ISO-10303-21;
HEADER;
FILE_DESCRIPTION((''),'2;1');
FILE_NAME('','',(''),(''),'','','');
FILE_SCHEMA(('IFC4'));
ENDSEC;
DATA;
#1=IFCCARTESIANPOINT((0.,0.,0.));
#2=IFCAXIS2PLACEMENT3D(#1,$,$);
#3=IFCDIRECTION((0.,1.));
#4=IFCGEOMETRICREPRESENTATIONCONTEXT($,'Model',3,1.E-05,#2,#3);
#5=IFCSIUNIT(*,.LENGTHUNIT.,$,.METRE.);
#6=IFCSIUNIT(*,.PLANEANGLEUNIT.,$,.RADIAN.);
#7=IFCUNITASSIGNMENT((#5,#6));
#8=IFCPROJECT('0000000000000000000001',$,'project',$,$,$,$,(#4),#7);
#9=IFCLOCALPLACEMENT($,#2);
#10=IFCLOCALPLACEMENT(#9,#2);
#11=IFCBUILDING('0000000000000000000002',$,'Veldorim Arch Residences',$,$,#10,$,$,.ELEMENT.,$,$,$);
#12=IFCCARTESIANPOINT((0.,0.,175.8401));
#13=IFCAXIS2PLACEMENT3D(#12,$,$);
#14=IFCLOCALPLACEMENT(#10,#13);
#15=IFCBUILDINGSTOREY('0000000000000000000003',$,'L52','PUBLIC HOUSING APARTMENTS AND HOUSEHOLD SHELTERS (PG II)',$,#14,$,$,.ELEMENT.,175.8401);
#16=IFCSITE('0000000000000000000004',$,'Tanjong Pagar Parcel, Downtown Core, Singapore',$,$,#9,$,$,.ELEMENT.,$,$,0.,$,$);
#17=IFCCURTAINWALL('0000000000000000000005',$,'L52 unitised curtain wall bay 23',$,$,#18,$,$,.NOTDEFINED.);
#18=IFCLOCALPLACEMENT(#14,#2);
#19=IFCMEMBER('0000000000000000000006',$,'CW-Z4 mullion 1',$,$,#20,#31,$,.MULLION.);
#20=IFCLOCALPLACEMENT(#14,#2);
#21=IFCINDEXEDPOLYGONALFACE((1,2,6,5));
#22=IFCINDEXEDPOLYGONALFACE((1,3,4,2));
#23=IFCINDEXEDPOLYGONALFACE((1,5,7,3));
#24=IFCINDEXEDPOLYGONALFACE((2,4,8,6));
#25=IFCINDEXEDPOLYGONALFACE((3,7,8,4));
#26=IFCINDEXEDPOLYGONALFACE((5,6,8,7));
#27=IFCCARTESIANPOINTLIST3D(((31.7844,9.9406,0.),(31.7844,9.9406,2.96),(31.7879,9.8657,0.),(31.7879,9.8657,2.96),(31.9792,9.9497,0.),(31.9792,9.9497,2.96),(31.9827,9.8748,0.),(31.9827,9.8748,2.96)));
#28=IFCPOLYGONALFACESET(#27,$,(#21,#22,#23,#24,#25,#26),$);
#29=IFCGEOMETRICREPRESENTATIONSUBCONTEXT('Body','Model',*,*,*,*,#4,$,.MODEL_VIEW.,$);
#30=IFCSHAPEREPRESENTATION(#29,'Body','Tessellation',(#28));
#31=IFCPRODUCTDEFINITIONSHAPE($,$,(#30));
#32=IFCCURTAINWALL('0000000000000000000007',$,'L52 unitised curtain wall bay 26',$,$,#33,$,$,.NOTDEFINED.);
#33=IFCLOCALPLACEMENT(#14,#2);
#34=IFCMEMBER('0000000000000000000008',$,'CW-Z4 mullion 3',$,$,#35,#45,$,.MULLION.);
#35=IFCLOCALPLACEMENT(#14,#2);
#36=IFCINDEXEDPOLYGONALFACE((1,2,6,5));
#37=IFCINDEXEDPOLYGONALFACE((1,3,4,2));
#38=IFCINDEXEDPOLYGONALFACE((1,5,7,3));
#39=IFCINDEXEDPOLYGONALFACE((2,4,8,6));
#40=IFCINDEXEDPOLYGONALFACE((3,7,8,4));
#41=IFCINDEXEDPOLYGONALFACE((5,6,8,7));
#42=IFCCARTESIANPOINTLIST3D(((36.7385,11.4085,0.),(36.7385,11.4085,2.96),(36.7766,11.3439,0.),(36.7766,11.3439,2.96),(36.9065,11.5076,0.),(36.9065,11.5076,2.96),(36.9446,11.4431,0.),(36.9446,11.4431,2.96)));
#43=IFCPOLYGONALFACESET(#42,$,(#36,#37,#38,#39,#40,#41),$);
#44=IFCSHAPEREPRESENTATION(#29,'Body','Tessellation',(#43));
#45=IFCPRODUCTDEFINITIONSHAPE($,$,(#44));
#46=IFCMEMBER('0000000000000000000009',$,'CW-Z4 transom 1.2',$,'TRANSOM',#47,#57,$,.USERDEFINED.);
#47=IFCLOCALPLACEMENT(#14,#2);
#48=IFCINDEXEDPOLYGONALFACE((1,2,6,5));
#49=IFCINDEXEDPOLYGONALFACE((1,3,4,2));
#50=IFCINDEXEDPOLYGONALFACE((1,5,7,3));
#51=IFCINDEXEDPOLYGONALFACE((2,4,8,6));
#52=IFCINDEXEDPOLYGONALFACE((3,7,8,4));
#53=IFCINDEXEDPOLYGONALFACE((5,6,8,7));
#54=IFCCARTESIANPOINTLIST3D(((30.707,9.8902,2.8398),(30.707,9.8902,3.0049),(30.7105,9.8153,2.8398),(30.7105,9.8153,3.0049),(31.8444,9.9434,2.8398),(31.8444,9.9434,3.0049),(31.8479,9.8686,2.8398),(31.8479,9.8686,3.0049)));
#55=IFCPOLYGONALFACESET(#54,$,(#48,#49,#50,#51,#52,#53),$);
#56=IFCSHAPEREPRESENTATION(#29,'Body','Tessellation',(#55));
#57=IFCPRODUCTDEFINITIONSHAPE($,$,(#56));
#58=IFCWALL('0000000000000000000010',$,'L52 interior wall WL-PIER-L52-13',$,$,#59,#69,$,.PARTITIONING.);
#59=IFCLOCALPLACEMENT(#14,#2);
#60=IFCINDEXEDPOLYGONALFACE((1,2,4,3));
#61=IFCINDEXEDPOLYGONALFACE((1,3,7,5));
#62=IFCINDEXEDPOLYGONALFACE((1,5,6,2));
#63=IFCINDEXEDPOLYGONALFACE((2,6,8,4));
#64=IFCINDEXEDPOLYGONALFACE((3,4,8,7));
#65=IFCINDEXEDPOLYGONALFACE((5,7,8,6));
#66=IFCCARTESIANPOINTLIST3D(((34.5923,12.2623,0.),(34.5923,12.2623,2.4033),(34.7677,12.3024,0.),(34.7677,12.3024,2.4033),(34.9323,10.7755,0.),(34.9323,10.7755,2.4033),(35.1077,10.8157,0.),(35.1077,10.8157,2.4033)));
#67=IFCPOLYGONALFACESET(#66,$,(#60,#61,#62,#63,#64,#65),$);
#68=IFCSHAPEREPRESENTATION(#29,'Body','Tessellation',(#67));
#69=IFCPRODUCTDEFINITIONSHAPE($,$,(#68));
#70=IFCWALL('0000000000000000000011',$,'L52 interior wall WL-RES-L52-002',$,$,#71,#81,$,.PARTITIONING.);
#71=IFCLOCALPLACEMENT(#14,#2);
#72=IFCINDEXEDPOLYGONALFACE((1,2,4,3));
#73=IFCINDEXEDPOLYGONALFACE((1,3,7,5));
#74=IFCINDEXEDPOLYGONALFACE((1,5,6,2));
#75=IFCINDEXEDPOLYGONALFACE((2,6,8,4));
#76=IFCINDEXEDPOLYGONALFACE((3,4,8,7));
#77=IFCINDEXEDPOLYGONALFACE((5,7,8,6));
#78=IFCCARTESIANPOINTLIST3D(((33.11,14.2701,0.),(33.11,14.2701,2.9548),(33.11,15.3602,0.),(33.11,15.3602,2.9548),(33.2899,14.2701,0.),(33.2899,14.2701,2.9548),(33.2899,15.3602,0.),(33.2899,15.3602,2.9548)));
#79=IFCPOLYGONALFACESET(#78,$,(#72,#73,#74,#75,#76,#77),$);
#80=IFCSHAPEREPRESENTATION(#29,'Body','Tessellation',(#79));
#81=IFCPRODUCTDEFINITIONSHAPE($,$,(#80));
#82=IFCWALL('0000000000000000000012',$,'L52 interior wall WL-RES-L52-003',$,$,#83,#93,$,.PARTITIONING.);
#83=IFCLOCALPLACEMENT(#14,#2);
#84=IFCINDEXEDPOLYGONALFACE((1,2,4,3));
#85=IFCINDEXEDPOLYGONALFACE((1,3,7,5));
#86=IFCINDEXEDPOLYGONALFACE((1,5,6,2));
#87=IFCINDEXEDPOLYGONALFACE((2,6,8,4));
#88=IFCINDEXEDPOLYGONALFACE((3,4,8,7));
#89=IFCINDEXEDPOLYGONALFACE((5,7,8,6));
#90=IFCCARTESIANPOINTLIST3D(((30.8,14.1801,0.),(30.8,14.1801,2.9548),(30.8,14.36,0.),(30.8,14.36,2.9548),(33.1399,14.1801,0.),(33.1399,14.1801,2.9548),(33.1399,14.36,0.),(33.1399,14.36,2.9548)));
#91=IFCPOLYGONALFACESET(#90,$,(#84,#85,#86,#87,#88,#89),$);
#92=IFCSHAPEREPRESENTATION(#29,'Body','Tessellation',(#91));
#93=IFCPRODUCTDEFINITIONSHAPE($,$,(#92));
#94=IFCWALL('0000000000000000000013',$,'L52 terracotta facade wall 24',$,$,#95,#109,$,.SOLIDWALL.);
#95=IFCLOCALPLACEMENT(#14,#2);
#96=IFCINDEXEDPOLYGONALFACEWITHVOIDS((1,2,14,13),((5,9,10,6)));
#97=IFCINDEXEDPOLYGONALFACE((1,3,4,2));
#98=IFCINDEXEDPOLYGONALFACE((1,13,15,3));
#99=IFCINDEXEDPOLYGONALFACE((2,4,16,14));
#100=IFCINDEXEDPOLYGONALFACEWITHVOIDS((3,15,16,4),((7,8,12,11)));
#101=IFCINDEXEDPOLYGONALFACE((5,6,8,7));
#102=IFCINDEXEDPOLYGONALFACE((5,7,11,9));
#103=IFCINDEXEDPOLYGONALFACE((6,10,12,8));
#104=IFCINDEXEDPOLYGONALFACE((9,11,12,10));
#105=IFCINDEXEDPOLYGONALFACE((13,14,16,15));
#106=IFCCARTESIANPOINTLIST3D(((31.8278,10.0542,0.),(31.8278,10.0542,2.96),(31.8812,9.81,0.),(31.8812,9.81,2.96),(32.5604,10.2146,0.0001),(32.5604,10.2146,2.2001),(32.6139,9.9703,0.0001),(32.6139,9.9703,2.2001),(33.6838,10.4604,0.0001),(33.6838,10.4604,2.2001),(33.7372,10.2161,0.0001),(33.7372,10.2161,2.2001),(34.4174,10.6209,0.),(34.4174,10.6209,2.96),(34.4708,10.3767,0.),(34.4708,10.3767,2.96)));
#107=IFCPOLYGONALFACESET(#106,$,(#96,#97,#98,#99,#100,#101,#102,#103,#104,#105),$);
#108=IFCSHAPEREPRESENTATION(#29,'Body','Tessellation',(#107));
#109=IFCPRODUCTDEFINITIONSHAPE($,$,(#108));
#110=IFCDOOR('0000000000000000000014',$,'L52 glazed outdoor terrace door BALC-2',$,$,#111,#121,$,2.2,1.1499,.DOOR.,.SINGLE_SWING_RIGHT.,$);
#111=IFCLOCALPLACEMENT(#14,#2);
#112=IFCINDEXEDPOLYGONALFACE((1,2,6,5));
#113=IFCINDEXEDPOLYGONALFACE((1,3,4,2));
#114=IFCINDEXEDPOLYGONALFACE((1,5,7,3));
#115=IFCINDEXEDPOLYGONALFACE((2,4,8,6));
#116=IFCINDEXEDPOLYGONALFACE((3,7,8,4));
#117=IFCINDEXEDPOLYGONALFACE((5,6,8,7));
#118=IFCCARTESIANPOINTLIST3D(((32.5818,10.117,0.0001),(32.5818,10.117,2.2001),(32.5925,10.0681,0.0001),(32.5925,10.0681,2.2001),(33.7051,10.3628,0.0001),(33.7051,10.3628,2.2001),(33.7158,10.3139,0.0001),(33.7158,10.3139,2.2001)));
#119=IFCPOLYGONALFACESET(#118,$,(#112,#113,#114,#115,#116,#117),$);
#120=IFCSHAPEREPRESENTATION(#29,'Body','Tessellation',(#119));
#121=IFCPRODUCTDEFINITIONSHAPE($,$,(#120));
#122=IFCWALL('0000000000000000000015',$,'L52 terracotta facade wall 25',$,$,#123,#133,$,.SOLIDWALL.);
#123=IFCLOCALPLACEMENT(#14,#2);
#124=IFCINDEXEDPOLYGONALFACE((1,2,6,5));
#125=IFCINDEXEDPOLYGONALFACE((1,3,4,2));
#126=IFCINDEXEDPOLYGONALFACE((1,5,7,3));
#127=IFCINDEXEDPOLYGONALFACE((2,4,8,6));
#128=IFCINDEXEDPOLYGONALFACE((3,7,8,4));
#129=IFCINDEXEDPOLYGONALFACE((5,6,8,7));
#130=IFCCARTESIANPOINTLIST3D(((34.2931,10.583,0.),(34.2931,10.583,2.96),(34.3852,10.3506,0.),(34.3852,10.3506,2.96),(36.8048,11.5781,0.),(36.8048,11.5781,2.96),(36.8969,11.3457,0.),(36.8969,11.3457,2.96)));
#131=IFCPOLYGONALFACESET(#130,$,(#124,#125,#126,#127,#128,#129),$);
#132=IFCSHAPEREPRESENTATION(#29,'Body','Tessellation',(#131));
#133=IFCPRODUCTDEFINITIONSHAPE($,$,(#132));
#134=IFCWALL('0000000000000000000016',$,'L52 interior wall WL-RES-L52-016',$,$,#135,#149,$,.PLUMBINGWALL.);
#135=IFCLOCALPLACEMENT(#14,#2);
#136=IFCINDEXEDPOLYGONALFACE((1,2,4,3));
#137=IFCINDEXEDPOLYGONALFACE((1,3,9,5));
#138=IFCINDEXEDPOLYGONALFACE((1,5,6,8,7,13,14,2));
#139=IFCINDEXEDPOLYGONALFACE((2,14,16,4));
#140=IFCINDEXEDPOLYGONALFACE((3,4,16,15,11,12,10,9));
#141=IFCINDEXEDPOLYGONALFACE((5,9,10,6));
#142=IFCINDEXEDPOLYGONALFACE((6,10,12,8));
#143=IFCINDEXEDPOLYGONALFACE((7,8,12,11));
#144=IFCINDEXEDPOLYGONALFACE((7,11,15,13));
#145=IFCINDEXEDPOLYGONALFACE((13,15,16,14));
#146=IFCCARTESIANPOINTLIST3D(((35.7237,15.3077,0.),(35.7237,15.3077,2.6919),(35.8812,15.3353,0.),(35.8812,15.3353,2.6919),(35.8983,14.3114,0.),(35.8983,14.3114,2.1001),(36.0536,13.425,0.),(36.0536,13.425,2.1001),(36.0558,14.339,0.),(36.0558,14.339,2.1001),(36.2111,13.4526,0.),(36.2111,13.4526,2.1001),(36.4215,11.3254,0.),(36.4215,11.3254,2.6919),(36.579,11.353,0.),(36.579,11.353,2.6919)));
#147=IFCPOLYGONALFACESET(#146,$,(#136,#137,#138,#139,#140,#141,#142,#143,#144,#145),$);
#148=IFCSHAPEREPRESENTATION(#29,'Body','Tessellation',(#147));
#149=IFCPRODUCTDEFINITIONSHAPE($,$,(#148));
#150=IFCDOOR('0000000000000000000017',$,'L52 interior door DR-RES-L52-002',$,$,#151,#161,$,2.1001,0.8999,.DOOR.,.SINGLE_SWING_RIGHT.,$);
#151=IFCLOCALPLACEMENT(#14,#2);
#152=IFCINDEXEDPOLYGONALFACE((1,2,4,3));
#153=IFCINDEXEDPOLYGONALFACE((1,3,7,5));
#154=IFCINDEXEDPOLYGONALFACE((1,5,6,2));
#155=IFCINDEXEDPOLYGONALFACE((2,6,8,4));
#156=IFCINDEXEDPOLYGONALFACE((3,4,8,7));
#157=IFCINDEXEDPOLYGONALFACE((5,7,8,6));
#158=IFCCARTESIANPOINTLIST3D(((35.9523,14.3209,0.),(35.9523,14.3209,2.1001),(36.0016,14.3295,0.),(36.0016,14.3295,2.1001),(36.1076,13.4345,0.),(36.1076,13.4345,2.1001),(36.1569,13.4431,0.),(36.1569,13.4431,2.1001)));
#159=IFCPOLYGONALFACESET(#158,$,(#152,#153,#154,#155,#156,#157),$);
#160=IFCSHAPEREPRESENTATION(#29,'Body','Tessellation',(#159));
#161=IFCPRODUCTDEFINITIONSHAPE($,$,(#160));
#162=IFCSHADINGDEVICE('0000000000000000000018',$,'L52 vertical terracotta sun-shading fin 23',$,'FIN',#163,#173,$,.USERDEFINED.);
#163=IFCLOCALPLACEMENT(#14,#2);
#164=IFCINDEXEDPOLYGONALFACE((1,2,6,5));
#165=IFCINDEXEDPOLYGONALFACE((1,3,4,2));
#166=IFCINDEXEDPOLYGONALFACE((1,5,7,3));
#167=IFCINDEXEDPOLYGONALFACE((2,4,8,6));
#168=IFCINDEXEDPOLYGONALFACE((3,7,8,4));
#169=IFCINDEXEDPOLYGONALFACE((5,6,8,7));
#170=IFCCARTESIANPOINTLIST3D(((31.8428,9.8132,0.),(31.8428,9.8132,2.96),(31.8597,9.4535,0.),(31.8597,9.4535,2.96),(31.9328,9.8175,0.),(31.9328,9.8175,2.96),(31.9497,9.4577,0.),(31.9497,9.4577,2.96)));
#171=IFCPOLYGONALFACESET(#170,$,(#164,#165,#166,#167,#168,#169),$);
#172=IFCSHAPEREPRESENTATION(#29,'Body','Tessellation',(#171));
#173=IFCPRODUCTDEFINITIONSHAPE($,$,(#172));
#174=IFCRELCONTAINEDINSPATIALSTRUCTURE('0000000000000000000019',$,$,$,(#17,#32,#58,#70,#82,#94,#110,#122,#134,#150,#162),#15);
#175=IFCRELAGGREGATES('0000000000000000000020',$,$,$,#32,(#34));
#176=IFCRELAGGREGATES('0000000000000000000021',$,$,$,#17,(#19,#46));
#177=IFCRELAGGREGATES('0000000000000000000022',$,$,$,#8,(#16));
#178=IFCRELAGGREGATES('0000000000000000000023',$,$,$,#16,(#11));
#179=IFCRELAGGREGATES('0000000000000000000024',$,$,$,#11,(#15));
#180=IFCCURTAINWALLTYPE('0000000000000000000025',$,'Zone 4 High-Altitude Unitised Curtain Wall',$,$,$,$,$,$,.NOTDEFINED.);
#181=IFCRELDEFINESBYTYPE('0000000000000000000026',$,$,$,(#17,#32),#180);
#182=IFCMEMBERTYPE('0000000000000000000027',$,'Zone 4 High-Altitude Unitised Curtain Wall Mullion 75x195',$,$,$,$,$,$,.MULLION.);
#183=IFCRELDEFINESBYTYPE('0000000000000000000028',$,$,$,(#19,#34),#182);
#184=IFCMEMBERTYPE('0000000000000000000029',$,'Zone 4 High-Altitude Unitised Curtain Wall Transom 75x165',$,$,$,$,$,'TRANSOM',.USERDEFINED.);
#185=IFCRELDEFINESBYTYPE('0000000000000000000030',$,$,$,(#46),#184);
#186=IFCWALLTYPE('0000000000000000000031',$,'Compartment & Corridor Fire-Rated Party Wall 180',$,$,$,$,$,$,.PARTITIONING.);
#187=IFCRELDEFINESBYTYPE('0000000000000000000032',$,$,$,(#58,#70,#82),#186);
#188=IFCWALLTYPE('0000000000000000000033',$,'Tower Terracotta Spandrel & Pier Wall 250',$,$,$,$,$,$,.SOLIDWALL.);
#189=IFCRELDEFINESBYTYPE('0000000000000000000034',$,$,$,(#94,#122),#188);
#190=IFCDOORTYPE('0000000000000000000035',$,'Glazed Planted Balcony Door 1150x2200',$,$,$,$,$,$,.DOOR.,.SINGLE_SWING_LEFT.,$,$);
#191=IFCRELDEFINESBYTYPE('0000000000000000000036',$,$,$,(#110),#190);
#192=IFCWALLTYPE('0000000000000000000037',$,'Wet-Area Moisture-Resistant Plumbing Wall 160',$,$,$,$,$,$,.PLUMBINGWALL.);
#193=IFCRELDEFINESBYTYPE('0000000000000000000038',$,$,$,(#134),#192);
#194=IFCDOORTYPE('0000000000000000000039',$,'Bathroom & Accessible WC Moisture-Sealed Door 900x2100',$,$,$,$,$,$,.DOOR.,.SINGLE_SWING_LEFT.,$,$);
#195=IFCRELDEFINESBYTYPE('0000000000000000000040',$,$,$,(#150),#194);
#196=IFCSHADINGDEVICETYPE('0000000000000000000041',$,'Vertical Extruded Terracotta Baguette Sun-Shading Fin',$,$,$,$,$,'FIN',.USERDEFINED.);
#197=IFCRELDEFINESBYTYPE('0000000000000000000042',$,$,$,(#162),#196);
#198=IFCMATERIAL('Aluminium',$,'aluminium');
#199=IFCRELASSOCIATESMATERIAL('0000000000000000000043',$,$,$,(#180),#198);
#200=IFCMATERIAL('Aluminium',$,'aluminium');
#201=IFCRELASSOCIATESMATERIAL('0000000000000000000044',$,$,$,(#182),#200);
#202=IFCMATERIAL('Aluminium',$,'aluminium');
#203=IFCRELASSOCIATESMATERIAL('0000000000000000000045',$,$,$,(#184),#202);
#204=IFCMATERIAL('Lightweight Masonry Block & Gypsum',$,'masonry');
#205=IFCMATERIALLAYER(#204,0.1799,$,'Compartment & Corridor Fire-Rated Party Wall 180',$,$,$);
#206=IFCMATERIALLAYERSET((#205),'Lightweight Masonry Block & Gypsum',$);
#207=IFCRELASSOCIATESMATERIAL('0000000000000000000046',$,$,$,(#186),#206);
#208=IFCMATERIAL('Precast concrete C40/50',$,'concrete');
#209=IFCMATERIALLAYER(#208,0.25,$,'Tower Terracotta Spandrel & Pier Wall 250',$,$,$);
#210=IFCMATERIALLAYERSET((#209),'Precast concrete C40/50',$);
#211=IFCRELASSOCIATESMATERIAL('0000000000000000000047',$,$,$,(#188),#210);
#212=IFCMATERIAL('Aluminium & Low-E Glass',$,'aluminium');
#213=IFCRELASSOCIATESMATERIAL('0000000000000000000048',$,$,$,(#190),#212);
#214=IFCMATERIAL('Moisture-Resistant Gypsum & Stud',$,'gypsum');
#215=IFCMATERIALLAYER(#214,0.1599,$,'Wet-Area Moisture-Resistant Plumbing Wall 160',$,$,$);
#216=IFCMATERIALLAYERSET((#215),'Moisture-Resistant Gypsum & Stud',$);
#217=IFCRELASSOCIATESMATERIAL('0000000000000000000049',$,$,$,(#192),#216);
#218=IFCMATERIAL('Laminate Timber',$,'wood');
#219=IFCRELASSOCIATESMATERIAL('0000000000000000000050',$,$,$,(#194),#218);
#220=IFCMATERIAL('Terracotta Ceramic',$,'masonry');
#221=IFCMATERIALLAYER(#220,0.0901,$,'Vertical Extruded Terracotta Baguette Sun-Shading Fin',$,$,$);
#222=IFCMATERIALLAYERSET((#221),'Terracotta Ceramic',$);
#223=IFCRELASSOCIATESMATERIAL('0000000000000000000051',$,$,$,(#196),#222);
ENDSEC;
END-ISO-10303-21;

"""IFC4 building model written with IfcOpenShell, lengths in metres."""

from ifc_helpers import new_model, si_unit, direction, frame, frame_2d, origin, origin_2d, place, context, subcontext, project, spatial, rectangle, extrude, material, layer, layer_set, material_profile, profile_set, type_object, element, fill, aggregate, save


model = new_model("IFC4")

# Units and contexts
model_context = context("Model", 3, precision=1e-05, world=origin(), true_north=direction((0.0, 1.0)))
body_context = subcontext(model_context, "Body", "Model", "MODEL_VIEW")
ifc_project = project(units=[si_unit("LENGTHUNIT", "METRE"), si_unit("PLANEANGLEUNIT", "RADIAN")], contexts=[model_context])

# Site, building, storey
site_placement = place(None, origin())
site = spatial("IfcSite", under=ifc_project, at=site_placement, Name="Tanjong Pagar Parcel, Downtown Core, Singapore", CompositionType="ELEMENT", RefElevation=0.0)
building_placement = place(site_placement, origin())
building = spatial("IfcBuilding", under=site, at=building_placement, Name="Veldorim Arch Residences", CompositionType="ELEMENT")
storey_placement = place(building_placement, frame((0.0, 0.0, 175.8401)))
storey = spatial("IfcBuildingStorey", under=building, at=storey_placement, Name="L52", Description="PUBLIC HOUSING APARTMENTS AND HOUSEHOLD SHELTERS (PG II)", CompositionType="ELEMENT", Elevation=175.8401)

# Curtain walls, members
ifc_material_1 = material(Name="Aluminium", Category="aluminium")
curtain_wall_type = type_object("IfcCurtainWallType", Name="Zone 4 High-Altitude Unitised Curtain Wall", PredefinedType="NOTDEFINED", material=ifc_material_1)
curtain_wall_1_placement = place(storey_placement, origin())
curtain_wall_1 = element("IfcCurtainWall", 1, at=curtain_wall_1_placement, inside=storey, type_object=curtain_wall_type, Name="L52 unitised curtain wall bay 23", PredefinedType="NOTDEFINED")
ifc_material_2 = material(Name="Aluminium", Category="aluminium")
ifc_material_profile_1 = material_profile(ifc_material_2, rectangle(XDim=0.075, YDim=0.1951, at=origin_2d()), Name="ALU_MUL_75x195")
ifc_profile_set_1 = profile_set([ifc_material_profile_1], Name="Aluminium")
member_type_1 = type_object("IfcMemberType", Name="Zone 4 High-Altitude Unitised Curtain Wall Mullion 75x195", PredefinedType="MULLION", material=ifc_profile_set_1)
member_1_placement = place(storey_placement, frame((31.8835, 9.9077, 0.0), z_axis=(0.0, 0.0, 1.0), x_axis=(0.046678, -0.99891, 0.0)))
member_1 = element("IfcMember", 2, at=member_1_placement, type_object=member_type_1, Name="CW-Z4 mullion 1", PredefinedType="MULLION", context=body_context, shape_type="SweptSolid", body=[
    extrude(rectangle(XDim=0.075, YDim=0.1951, at=origin_2d()), origin(), (0.0, 0.0, 1.0), 2.96),
])
curtain_wall_2_placement = place(storey_placement, origin())
curtain_wall_2 = element("IfcCurtainWall", 3, at=curtain_wall_2_placement, inside=storey, type_object=curtain_wall_type, Name="L52 unitised curtain wall bay 26", PredefinedType="NOTDEFINED")
member_2_placement = place(storey_placement, frame((36.8416, 11.4258, 0.0), z_axis=(0.0, 0.0, 1.0), x_axis=(0.508514, -0.861054, 0.0)))
member_2 = element("IfcMember", 4, at=member_2_placement, type_object=member_type_1, Name="CW-Z4 mullion 3", PredefinedType="MULLION", context=body_context, shape_type="SweptSolid", body=[
    extrude(rectangle(XDim=0.075, YDim=0.1951, at=origin_2d()), origin(), (0.0, 0.0, 1.0), 2.96),
])
aggregate(curtain_wall_2, [member_2])

# Member
ifc_material_3 = material(Name="Aluminium", Category="aluminium")
ifc_material_profile_2 = material_profile(ifc_material_3, rectangle(XDim=0.075, YDim=0.165, at=origin_2d()), Name="ALU_TRN_75x165")
ifc_profile_set_2 = profile_set([ifc_material_profile_2], Name="Aluminium")
member_type_2 = type_object("IfcMemberType", Name="Zone 4 High-Altitude Unitised Curtain Wall Transom 75x165", ElementType="TRANSOM", PredefinedType="USERDEFINED", material=ifc_profile_set_2)
member_3_placement = place(storey_placement, frame((31.8462, 9.906, 2.9224), z_axis=(-0.998907, -0.04674, 0.0), x_axis=(0.04674, -0.998907, 0.0)))
member_3 = element("IfcMember", 5, at=member_3_placement, type_object=member_type_2, Name="CW-Z4 transom 1.2", ObjectType="TRANSOM", PredefinedType="USERDEFINED", context=body_context, shape_type="SweptSolid", body=[
    extrude(rectangle(XDim=0.075, YDim=0.165, at=origin_2d()), origin(), (0.0, 0.0, 1.0), 1.1387),
])
aggregate(curtain_wall_1, [member_1, member_3])

# Walls
ifc_material_4 = material(Name="Lightweight Masonry Block & Gypsum", Category="masonry")
ifc_layer_1 = layer(ifc_material_4, 0.1799, Name="Compartment & Corridor Fire-Rated Party Wall 180")
ifc_layer_set_1 = layer_set([ifc_layer_1], Name="Lightweight Masonry Block & Gypsum")
wall_type_1 = type_object("IfcWallType", Name="Compartment & Corridor Fire-Rated Party Wall 180", PredefinedType="PARTITIONING", material=ifc_layer_set_1)
wall_1_placement = place(storey_placement, frame((34.6799, 12.2825, 0.0), z_axis=(0.0, 0.0, 1.0), x_axis=(0.222977, -0.974824, 0.0)))
element("IfcWall", 6, at=wall_1_placement, inside=storey, type_object=wall_type_1, Name="L52 interior wall WL-PIER-L52-13", PredefinedType="PARTITIONING", context=body_context, shape_type="SweptSolid", body=[
    extrude(rectangle(XDim=1.5251, YDim=0.1799, at=frame_2d((0.7627, 0.0))), origin(), (0.0, 0.0, 1.0), 2.4033),
])
wall_2_placement = place(storey_placement, frame((33.2, 15.3601, 0.0), z_axis=(0.0, 0.0, 1.0), x_axis=(0.0, -1.0, 0.0)))
element("IfcWall", 7, at=wall_2_placement, inside=storey, type_object=wall_type_1, Name="L52 interior wall WL-RES-L52-002", PredefinedType="PARTITIONING", context=body_context, shape_type="SweptSolid", body=[
    extrude(rectangle(XDim=1.0901, YDim=0.1799, at=frame_2d((0.5449, 0.0))), origin(), (0.0, 0.0, 1.0), 2.9548),
])
wall_3_placement = place(storey_placement, frame((33.1399, 14.27, 0.0), z_axis=(0.0, 0.0, 1.0), x_axis=(-1.0, 0.0, 0.0)))
element("IfcWall", 8, at=wall_3_placement, inside=storey, type_object=wall_type_1, Name="L52 interior wall WL-RES-L52-003", PredefinedType="PARTITIONING", context=body_context, shape_type="SweptSolid", body=[
    extrude(rectangle(XDim=2.3398, YDim=0.1799, at=frame_2d((1.1699, 0.0))), origin(), (0.0, 0.0, 1.0), 2.9548),
])

# Wall, opening, door
ifc_material_5 = material(Name="Precast concrete C40/50", Category="concrete")
ifc_layer_2 = layer(ifc_material_5, 0.25, Name="Tower Terracotta Spandrel & Pier Wall 250")
ifc_layer_set_2 = layer_set([ifc_layer_2], Name="Precast concrete C40/50")
wall_type_2 = type_object("IfcWallType", Name="Tower Terracotta Spandrel & Pier Wall 250", PredefinedType="SOLIDWALL", material=ifc_layer_set_2)
wall_4_placement = place(storey_placement, frame((34.4441, 10.4988, 0.0), z_axis=(0.0, 0.0, 1.0), x_axis=(-0.976886, -0.21376, 0.0)))
wall_4 = element("IfcWall", 9, at=wall_4_placement, inside=storey, type_object=wall_type_2, Name="L52 terracotta facade wall 24", PredefinedType="SOLIDWALL", context=body_context, shape_type="SweptSolid", body=[
    extrude(rectangle(XDim=2.6509, YDim=0.25, at=frame_2d((1.3254, 0.0))), origin(), (0.0, 0.0, 1.0), 2.96),
])
opening_1_placement = place(wall_4_placement, frame((0.751, 0.0, 0.0)))
opening_1 = element("IfcOpeningElement", 10, at=opening_1_placement, cuts=wall_4, PredefinedType="OPENING", context=body_context, shape_type="SweptSolid", body=[
    extrude(rectangle(XDim=1.1499, YDim=2.2, at=frame_2d((0.575, 1.1001))), frame((0.0, 0.135, 0.0), z_axis=(0.0, -1.0, 0.0), x_axis=(1.0, 0.0, 0.0)), (0.0, 0.0, 1.0), 0.27),
])
ifc_material_6 = material(Name="Aluminium & Low-E Glass", Category="aluminium")
door_type_1 = type_object("IfcDoorType", Name="Glazed Planted Balcony Door 1150x2200", OperationType="SINGLE_SWING_LEFT", PredefinedType="DOOR", material=ifc_material_6)
door_1_placement = place(opening_1_placement, origin())
door_1 = element("IfcDoor", 11, at=door_1_placement, inside=storey, type_object=door_type_1, Name="L52 glazed outdoor terrace door BALC-2", OperationType="SINGLE_SWING_RIGHT", OverallHeight=2.2, OverallWidth=1.1499, PredefinedType="DOOR", context=body_context, shape_type="SweptSolid", body=[
    extrude(rectangle(XDim=1.1499, YDim=2.2, at=frame_2d((0.575, 1.1001))), frame((0.0, 0.0249, 0.0), z_axis=(0.0, -1.0, 0.0), x_axis=(1.0, 0.0, 0.0)), (0.0, 0.0, 1.0), 0.05),
])
fill(opening_1, door_1)

# Wall
wall_5_placement = place(storey_placement, frame((36.8508, 11.4619, 0.0), z_axis=(0.0, 0.0, 1.0), x_axis=(-0.929693, -0.368335, 0.0)))
element("IfcWall", 12, at=wall_5_placement, inside=storey, type_object=wall_type_2, Name="L52 terracotta facade wall 25", PredefinedType="SOLIDWALL", context=body_context, shape_type="SweptSolid", body=[
    extrude(rectangle(XDim=2.7017, YDim=0.25, at=frame_2d((1.3508, 0.0))), origin(), (0.0, 0.0, 1.0), 2.96),
])

# Wall, opening, door
ifc_material_7 = material(Name="Moisture-Resistant Gypsum & Stud", Category="gypsum")
ifc_layer_3 = layer(ifc_material_7, 0.1599, Name="Wet-Area Moisture-Resistant Plumbing Wall 160")
ifc_layer_set_3 = layer_set([ifc_layer_3], Name="Moisture-Resistant Gypsum & Stud")
wall_type_3 = type_object("IfcWallType", Name="Wet-Area Moisture-Resistant Plumbing Wall 160", PredefinedType="PLUMBINGWALL", material=ifc_layer_set_3)
wall_6_placement = place(storey_placement, frame((35.8025, 15.3215, 0.0), z_axis=(0.0, 0.0, 1.0), x_axis=(0.17258, -0.984996, 0.0)))
wall_6 = element("IfcWall", 13, at=wall_6_placement, inside=storey, type_object=wall_type_3, Name="L52 interior wall WL-RES-L52-016", PredefinedType="PLUMBINGWALL", context=body_context, shape_type="SweptSolid", body=[
    extrude(rectangle(XDim=4.043, YDim=0.1599, at=frame_2d((2.0215, 0.0))), origin(), (0.0, 0.0, 1.0), 2.6919),
])
opening_2_placement = place(wall_6_placement, frame((1.0115, 0.0, 0.0)))
opening_2 = element("IfcOpeningElement", 14, at=opening_2_placement, cuts=wall_6, PredefinedType="OPENING", context=body_context, shape_type="SweptSolid", body=[
    extrude(rectangle(XDim=0.8999, YDim=2.1001, at=frame_2d((0.45, 1.05))), frame((0.0, 0.0898, 0.0), z_axis=(0.0, -1.0, 0.0), x_axis=(1.0, 0.0, 0.0)), (0.0, 0.0, 1.0), 0.1799),
])
ifc_material_8 = material(Name="Laminate Timber", Category="wood")
door_type_2 = type_object("IfcDoorType", Name="Bathroom & Accessible WC Moisture-Sealed Door 900x2100", OperationType="SINGLE_SWING_LEFT", PredefinedType="DOOR", material=ifc_material_8)
door_2_placement = place(opening_2_placement, origin())
door_2 = element("IfcDoor", 15, at=door_2_placement, inside=storey, type_object=door_type_2, Name="L52 interior door DR-RES-L52-002", OperationType="SINGLE_SWING_RIGHT", OverallHeight=2.1001, OverallWidth=0.8999, PredefinedType="DOOR", context=body_context, shape_type="SweptSolid", body=[
    extrude(rectangle(XDim=0.8999, YDim=2.1001, at=frame_2d((0.45, 1.05))), frame((0.0, 0.0249, 0.0), z_axis=(0.0, -1.0, 0.0), x_axis=(1.0, 0.0, 0.0)), (0.0, 0.0, 1.0), 0.05),
])
fill(opening_2, door_2)

# Shading device
ifc_material_9 = material(Name="Terracotta Ceramic", Category="masonry")
ifc_layer_4 = layer(ifc_material_9, 0.0901, Name="Vertical Extruded Terracotta Baguette Sun-Shading Fin")
ifc_layer_set_4 = layer_set([ifc_layer_4], Name="Terracotta Ceramic")
shading_device_type = type_object("IfcShadingDeviceType", Name="Vertical Extruded Terracotta Baguette Sun-Shading Fin", ElementType="FIN", PredefinedType="USERDEFINED", material=ifc_layer_set_4)
shading_device_placement = place(storey_placement, frame((31.8962, 9.6355, 0.0), z_axis=(0.0, 0.0, 1.0), x_axis=(-0.998906, -0.046758, 0.0)))
element("IfcShadingDevice", 16, at=shading_device_placement, inside=storey, type_object=shading_device_type, Name="L52 vertical terracotta sun-shading fin 23", ObjectType="FIN", PredefinedType="USERDEFINED", context=body_context, shape_type="SweptSolid", body=[
    extrude(rectangle(XDim=0.0901, YDim=0.3601, at=origin_2d()), origin(), (0.0, 0.0, 1.0), 2.96),
])

save(model, "model.ifc")
